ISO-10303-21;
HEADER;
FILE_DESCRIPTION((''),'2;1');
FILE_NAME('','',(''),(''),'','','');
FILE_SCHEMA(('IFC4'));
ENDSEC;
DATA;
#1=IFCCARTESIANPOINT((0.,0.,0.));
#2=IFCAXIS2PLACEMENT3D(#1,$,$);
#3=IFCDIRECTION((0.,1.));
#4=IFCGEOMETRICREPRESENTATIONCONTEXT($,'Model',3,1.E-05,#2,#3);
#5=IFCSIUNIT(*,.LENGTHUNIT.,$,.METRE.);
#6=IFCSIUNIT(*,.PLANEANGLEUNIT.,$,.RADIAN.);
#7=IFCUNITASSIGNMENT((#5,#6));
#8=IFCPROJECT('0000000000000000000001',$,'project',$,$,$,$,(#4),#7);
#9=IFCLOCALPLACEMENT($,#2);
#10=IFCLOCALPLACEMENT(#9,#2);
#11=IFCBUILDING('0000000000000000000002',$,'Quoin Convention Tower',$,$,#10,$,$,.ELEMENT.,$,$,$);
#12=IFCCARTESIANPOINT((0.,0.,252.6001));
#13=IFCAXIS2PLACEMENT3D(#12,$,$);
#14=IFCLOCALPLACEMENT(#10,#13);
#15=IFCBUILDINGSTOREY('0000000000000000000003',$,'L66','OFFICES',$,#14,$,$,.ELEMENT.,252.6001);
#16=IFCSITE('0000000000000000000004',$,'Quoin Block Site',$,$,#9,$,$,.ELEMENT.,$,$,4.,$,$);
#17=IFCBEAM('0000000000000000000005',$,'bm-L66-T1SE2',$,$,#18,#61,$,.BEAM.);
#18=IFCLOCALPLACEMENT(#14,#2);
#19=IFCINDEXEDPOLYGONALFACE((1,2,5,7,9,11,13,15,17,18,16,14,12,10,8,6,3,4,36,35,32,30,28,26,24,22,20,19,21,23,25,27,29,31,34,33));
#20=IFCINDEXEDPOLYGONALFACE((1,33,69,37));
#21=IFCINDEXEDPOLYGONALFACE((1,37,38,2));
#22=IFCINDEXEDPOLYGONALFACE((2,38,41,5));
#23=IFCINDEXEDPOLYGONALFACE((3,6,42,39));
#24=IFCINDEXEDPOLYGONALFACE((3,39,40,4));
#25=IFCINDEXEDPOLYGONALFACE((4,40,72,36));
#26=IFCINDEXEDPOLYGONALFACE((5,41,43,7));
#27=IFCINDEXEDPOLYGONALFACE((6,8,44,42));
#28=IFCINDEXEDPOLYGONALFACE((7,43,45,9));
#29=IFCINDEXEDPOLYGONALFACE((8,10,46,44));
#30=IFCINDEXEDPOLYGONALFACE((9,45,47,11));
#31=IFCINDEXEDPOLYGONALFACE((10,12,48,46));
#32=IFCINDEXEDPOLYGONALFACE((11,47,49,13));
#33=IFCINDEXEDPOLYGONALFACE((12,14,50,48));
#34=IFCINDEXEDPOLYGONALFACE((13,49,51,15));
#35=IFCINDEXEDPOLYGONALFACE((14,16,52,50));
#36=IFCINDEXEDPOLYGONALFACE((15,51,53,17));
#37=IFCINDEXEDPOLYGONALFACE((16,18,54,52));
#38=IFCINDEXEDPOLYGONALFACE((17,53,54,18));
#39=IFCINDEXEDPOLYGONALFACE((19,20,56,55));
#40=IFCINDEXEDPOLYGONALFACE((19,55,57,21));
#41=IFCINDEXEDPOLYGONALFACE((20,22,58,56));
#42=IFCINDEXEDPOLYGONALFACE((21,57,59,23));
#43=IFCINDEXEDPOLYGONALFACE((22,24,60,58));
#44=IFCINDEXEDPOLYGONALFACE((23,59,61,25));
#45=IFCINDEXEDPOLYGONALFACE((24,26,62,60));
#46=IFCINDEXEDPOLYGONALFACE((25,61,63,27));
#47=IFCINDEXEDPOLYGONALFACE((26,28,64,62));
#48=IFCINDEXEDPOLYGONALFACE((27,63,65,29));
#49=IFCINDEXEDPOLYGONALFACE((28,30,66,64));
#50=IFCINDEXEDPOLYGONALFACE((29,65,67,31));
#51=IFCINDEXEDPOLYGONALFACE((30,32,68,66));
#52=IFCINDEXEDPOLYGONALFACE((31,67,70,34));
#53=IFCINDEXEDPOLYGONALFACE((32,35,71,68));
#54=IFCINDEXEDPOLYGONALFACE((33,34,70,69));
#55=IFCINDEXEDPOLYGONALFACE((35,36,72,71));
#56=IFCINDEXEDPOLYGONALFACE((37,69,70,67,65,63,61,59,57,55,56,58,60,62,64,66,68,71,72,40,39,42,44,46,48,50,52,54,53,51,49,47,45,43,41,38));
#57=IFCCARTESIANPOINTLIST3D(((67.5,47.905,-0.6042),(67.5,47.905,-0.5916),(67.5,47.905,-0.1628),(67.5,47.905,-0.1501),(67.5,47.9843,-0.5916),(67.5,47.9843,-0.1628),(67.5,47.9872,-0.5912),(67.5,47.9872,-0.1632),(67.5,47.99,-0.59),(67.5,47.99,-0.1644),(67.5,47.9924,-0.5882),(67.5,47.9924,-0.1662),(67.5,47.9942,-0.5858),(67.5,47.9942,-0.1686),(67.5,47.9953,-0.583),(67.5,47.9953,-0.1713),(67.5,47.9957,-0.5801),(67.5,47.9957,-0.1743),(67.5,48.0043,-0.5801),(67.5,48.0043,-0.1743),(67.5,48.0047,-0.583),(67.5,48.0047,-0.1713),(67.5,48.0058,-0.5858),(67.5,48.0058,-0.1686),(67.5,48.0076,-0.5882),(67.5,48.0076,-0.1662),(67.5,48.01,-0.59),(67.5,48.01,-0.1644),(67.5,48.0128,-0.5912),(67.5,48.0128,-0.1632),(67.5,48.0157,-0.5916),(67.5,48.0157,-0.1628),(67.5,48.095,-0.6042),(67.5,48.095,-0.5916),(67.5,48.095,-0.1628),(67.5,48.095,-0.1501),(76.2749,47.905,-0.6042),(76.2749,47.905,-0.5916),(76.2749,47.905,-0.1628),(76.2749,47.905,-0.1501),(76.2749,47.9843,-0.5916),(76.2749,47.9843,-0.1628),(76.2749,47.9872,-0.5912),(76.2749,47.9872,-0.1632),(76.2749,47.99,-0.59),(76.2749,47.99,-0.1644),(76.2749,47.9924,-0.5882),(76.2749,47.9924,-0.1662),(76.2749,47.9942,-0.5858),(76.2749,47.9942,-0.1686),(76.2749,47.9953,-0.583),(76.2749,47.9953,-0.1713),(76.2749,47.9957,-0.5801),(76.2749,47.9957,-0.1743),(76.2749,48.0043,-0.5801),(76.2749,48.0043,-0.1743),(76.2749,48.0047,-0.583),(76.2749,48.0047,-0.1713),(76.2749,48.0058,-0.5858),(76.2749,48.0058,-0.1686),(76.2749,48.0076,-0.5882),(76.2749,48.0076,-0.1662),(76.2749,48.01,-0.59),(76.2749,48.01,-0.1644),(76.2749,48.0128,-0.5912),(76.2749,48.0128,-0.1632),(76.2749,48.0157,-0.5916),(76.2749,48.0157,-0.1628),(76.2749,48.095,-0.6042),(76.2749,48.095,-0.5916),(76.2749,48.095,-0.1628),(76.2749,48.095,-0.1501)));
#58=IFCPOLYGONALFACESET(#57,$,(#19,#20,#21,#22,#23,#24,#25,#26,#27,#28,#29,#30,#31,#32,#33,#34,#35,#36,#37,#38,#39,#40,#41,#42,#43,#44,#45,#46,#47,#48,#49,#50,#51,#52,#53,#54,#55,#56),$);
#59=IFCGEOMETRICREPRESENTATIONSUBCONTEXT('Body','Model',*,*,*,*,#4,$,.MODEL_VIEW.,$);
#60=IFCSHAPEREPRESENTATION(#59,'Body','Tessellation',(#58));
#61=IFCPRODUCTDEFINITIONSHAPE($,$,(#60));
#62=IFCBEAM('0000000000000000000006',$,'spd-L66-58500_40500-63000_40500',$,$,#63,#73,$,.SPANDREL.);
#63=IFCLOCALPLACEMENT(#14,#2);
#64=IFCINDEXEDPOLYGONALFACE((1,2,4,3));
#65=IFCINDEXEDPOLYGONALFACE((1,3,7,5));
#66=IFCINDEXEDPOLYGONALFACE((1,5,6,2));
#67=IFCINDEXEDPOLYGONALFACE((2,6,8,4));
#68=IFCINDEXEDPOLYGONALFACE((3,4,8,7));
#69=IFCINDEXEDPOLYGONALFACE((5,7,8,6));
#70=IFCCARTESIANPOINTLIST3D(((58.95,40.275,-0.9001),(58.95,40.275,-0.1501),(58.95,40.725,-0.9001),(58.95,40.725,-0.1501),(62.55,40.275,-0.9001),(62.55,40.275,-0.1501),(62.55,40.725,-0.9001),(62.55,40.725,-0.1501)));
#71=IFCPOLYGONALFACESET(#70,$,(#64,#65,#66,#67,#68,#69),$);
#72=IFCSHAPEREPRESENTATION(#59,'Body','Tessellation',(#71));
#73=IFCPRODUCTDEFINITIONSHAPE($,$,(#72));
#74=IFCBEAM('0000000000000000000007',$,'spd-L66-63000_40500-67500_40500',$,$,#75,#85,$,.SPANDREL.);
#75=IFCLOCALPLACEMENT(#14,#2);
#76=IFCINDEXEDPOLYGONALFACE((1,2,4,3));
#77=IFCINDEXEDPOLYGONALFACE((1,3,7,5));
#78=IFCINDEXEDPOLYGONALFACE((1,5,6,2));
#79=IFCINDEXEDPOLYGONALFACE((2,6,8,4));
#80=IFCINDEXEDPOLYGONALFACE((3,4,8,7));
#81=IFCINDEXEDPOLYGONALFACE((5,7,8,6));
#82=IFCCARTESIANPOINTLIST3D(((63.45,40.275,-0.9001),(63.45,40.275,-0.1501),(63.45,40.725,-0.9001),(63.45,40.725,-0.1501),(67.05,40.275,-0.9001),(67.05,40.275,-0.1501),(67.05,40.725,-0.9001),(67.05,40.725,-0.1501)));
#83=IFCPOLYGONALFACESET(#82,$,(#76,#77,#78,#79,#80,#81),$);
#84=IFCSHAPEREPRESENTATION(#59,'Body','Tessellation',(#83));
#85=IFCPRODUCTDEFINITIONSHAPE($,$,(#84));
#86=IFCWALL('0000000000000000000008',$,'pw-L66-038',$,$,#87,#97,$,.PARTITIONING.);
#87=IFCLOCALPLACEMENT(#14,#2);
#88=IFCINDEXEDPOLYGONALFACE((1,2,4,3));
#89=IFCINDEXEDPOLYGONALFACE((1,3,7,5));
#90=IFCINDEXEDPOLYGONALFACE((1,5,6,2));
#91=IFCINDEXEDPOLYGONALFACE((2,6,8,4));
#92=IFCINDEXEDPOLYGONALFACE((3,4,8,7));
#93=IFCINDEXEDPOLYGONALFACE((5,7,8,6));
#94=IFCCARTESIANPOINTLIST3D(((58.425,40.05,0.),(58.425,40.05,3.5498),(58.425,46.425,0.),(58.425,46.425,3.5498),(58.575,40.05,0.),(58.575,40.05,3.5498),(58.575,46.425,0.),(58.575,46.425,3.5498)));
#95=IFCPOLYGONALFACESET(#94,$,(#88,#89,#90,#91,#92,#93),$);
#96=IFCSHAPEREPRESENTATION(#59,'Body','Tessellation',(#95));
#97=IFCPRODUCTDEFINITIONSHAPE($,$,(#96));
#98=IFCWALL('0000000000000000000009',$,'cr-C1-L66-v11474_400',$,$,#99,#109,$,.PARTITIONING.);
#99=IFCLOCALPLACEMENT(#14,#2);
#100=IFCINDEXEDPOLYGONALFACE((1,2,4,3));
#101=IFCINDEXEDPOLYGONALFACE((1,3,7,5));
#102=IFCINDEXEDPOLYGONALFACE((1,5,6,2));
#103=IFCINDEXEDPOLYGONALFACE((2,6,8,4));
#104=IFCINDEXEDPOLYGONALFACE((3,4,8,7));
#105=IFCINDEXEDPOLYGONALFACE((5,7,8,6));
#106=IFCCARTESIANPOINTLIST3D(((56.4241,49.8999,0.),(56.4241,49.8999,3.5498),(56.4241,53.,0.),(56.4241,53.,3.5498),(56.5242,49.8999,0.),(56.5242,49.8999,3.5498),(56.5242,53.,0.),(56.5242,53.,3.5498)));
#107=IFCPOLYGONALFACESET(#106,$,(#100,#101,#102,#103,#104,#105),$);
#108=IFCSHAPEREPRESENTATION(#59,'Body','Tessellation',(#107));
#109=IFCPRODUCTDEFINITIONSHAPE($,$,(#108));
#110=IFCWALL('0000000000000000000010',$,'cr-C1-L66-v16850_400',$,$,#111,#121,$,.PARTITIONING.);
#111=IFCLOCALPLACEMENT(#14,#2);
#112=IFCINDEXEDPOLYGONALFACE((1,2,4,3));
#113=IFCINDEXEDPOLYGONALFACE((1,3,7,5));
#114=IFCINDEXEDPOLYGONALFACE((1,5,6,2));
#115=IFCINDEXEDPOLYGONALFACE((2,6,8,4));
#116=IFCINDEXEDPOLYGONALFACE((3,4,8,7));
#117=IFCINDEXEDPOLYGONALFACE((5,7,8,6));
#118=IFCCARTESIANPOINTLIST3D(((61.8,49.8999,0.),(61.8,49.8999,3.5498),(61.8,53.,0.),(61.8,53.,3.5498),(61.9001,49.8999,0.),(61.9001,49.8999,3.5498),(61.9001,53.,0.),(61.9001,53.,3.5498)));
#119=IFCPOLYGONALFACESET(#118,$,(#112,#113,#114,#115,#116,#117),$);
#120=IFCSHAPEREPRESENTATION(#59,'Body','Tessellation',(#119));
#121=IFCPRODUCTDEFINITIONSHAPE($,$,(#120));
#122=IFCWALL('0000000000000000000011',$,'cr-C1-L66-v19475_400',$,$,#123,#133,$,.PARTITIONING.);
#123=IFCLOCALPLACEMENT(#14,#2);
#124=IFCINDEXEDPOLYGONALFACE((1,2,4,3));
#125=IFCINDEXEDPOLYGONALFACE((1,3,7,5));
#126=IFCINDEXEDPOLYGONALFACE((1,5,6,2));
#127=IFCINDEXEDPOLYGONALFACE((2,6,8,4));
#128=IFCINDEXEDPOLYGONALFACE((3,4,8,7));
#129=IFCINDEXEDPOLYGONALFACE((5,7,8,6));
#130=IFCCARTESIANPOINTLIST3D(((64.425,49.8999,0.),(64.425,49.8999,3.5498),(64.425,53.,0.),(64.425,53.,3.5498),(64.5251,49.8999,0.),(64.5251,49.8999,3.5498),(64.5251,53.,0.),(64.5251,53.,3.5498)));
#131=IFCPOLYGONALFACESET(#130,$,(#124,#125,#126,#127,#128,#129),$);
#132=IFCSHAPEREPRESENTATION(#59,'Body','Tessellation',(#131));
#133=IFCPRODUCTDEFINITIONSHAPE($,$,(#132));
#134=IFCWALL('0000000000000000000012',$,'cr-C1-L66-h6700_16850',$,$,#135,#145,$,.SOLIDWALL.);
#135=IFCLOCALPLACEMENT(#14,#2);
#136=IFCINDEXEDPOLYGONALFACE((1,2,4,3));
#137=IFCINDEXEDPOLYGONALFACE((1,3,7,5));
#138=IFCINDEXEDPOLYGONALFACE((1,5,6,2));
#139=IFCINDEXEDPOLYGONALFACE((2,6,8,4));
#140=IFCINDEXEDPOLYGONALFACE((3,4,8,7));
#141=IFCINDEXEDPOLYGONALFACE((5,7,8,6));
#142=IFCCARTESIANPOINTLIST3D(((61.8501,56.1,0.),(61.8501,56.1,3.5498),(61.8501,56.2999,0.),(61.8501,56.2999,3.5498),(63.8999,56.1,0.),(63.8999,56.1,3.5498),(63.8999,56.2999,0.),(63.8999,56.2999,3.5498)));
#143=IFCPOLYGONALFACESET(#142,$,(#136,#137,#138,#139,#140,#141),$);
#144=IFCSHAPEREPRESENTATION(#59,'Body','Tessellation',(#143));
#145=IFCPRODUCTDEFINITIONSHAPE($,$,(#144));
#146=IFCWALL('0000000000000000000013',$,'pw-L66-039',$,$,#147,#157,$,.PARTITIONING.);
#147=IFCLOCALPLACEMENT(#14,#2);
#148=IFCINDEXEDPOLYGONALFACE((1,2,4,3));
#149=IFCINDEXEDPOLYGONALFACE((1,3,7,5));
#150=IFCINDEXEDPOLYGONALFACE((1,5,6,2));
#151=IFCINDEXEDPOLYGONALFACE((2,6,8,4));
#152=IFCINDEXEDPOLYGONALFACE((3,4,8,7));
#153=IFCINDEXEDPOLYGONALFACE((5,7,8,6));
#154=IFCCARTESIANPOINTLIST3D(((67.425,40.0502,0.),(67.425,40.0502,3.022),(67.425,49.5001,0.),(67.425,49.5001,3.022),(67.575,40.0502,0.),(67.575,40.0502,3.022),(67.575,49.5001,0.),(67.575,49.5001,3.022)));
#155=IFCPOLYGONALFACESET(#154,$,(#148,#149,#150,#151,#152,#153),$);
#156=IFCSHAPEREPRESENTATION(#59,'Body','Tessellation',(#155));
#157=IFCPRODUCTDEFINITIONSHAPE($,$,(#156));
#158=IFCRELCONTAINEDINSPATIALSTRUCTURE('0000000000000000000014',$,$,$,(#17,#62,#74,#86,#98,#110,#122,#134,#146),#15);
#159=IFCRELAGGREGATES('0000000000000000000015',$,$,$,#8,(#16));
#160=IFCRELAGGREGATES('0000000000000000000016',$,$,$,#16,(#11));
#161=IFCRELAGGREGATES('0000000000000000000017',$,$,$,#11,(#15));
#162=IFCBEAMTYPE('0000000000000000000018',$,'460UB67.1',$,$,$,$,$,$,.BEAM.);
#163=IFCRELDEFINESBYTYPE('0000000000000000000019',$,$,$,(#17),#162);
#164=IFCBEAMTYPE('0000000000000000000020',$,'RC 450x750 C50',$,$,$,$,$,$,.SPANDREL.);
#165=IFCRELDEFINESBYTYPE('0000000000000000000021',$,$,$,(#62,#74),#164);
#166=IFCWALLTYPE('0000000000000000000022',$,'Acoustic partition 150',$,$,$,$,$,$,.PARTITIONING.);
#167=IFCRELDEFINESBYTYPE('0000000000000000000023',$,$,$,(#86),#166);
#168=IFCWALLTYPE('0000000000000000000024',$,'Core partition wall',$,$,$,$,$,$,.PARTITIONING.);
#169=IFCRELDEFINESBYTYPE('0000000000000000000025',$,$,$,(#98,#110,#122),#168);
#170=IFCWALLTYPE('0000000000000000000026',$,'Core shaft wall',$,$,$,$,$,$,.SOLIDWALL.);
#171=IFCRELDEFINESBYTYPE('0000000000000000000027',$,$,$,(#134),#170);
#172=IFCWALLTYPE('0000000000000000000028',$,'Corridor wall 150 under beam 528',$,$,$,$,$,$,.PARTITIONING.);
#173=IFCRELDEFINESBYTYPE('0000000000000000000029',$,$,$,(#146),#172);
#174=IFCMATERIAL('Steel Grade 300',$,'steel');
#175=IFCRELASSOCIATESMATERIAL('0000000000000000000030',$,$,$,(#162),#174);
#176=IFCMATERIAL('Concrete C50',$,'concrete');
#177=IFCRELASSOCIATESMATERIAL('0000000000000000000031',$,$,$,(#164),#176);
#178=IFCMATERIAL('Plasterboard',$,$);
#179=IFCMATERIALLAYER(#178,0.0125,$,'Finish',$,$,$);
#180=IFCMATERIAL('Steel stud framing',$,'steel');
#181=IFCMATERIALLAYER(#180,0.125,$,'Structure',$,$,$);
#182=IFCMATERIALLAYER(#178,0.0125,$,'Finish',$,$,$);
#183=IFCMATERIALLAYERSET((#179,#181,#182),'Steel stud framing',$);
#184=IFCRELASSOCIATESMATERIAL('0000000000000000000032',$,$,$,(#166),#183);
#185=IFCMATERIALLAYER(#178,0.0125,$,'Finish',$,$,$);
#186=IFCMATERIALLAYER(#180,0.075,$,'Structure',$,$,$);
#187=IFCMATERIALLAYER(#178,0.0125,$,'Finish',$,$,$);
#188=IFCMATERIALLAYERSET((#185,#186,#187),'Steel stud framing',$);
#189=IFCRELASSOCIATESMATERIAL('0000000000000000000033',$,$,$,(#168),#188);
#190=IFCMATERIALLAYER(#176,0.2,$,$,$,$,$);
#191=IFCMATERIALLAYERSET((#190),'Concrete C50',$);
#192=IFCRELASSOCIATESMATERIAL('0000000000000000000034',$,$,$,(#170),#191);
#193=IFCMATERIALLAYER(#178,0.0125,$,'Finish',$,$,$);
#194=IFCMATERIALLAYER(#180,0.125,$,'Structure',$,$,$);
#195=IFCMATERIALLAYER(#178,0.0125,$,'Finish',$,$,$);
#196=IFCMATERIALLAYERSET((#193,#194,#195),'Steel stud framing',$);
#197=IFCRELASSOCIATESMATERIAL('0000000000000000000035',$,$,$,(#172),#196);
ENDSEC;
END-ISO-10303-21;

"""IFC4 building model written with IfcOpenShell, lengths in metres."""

from ifc_helpers import new_model, si_unit, direction, frame, frame_2d, origin, origin_2d, place, context, subcontext, project, spatial, rectangle, i_section, extrude, material, layer, layer_set, material_profile, profile_set, type_object, element, save


model = new_model("IFC4")

# Units and contexts
model_context = context("Model", 3, precision=1e-05, world=origin(), true_north=direction((0.0, 1.0)))
body_context = subcontext(model_context, "Body", "Model", "MODEL_VIEW")
ifc_project = project(units=[si_unit("LENGTHUNIT", "METRE"), si_unit("PLANEANGLEUNIT", "RADIAN")], contexts=[model_context])

# Site, building, storey
site_placement = place(None, origin())
site = spatial("IfcSite", under=ifc_project, at=site_placement, Name="Quoin Block Site", CompositionType="ELEMENT", RefElevation=4.0)
building_placement = place(site_placement, origin())
building = spatial("IfcBuilding", under=site, at=building_placement, Name="Quoin Convention Tower", CompositionType="ELEMENT")
storey_placement = place(building_placement, frame((0.0, 0.0, 252.6001)))
storey = spatial("IfcBuildingStorey", under=building, at=storey_placement, Name="L66", Description="OFFICES", CompositionType="ELEMENT", Elevation=252.6001)

# Shared definitions
ifc_material_1 = material(Name="Concrete C50", Category="concrete")

# Beams
ifc_material_2 = material(Name="Steel Grade 300", Category="steel")
ifc_material_profile_1 = material_profile(ifc_material_2, i_section(OverallWidth=0.1899, OverallDepth=0.4541, WebThickness=0.0085, FlangeThickness=0.0127, FilletRadius=0.0115, at=origin_2d()), Name="460UB67.1")
ifc_profile_set_1 = profile_set([ifc_material_profile_1], Name="Steel Grade 300")
beam_type_1 = type_object("IfcBeamType", Name="460UB67.1", PredefinedType="BEAM", material=ifc_profile_set_1)
beam_1_placement = place(storey_placement, frame((67.5, 48.0, -0.3772), z_axis=(1.0, 0.0, 0.0), x_axis=(0.0, 1.0, 0.0)))
element("IfcBeam", 1, at=beam_1_placement, inside=storey, type_object=beam_type_1, Name="bm-L66-T1SE2", PredefinedType="BEAM", context=body_context, shape_type="SweptSolid", body=[
    extrude(i_section(OverallWidth=0.1899, OverallDepth=0.4541, WebThickness=0.0085, FlangeThickness=0.0127, FilletRadius=0.0115, at=origin_2d()), origin(), (0.0, 0.0, 1.0), 8.7749),
])
ifc_material_profile_2 = material_profile(ifc_material_1, rectangle(XDim=0.45, YDim=0.75, at=origin_2d()), Name="RC 450x750")
ifc_profile_set_2 = profile_set([ifc_material_profile_2], Name="Concrete C50")
beam_type_2 = type_object("IfcBeamType", Name="RC 450x750 C50", PredefinedType="SPANDREL", material=ifc_profile_set_2)
for number, where, z_axis, x_axis, name in (
    (2, (58.95, 40.5, -0.5251), (1.0, 0.0, 0.0), (0.0, 1.0, 0.0), "spd-L66-58500_40500-63000_40500"),
    (3, (63.45, 40.5, -0.5251), (1.0, 0.0, 0.0), (0.0, 1.0, 0.0), "spd-L66-63000_40500-67500_40500"),
):
    element("IfcBeam", number, at=place(storey_placement, frame(where, z_axis=z_axis, x_axis=x_axis)), inside=storey, type_object=beam_type_2, Name=name, PredefinedType="SPANDREL", context=body_context, shape_type="SweptSolid", body=[
        extrude(rectangle(XDim=0.45, YDim=0.75, at=origin_2d()), origin(), (0.0, 0.0, 1.0), 3.6001),
    ])

# Walls
ifc_material_3 = material(Name="Plasterboard")
ifc_layer_1 = layer(ifc_material_3, 0.0125, Name="Finish")
ifc_material_4 = material(Name="Steel stud framing", Category="steel")
ifc_layer_2 = layer(ifc_material_4, 0.125, Name="Structure")
ifc_layer_3 = layer(ifc_material_3, 0.0125, Name="Finish")
ifc_layer_set_1 = layer_set([ifc_layer_1, ifc_layer_2, ifc_layer_3], Name="Steel stud framing")
wall_type_1 = type_object("IfcWallType", Name="Acoustic partition 150", PredefinedType="PARTITIONING", material=ifc_layer_set_1)
wall_1_placement = place(storey_placement, frame((58.5, 40.05, 0.0), z_axis=(0.0, 0.0, 1.0), x_axis=(0.0, 1.0, 0.0)))
element("IfcWall", 4, at=wall_1_placement, inside=storey, type_object=wall_type_1, Name="pw-L66-038", PredefinedType="PARTITIONING", context=body_context, shape_type="SweptSolid", body=[
    extrude(rectangle(XDim=6.375, YDim=0.1499, at=frame_2d((3.1875, 0.0))), origin(), (0.0, 0.0, 1.0), 3.5498),
])
ifc_layer_4 = layer(ifc_material_3, 0.0125, Name="Finish")
ifc_layer_5 = layer(ifc_material_4, 0.075, Name="Structure")
ifc_layer_6 = layer(ifc_material_3, 0.0125, Name="Finish")
ifc_layer_set_2 = layer_set([ifc_layer_4, ifc_layer_5, ifc_layer_6], Name="Steel stud framing")
wall_type_2 = type_object("IfcWallType", Name="Core partition wall", PredefinedType="PARTITIONING", material=ifc_layer_set_2)
for number, where, z_axis, x_axis, name in (
    (5, (56.4741, 49.8999, 0.0), (0.0, 0.0, 1.0), (0.0, 1.0, 0.0), "cr-C1-L66-v11474_400"),
    (6, (61.8501, 49.8999, 0.0), (0.0, 0.0, 1.0), (0.0, 1.0, 0.0), "cr-C1-L66-v16850_400"),
    (7, (64.4751, 49.8999, 0.0), (0.0, 0.0, 1.0), (0.0, 1.0, 0.0), "cr-C1-L66-v19475_400"),
):
    element("IfcWall", number, at=place(storey_placement, frame(where, z_axis=z_axis, x_axis=x_axis)), inside=storey, type_object=wall_type_2, Name=name, PredefinedType="PARTITIONING", context=body_context, shape_type="SweptSolid", body=[
        extrude(rectangle(XDim=3.1001, YDim=0.1001, at=frame_2d((1.55, 0.0))), origin(), (0.0, 0.0, 1.0), 3.5498),
    ])
ifc_layer_7 = layer(ifc_material_1, 0.2)
ifc_layer_set_3 = layer_set([ifc_layer_7], Name="Concrete C50")
wall_type_3 = type_object("IfcWallType", Name="Core shaft wall", PredefinedType="SOLIDWALL", material=ifc_layer_set_3)
wall_2_placement = place(storey_placement, frame((61.8501, 56.2, 0.0), z_axis=(0.0, 0.0, 1.0), x_axis=(1.0, 0.0, 0.0)))
element("IfcWall", 8, at=wall_2_placement, inside=storey, type_object=wall_type_3, Name="cr-C1-L66-h6700_16850", PredefinedType="SOLIDWALL", context=body_context, shape_type="SweptSolid", body=[
    extrude(rectangle(XDim=2.0498, YDim=0.2, at=frame_2d((1.0249, 0.0))), origin(), (0.0, 0.0, 1.0), 3.5498),
])
ifc_layer_8 = layer(ifc_material_3, 0.0125, Name="Finish")
ifc_layer_9 = layer(ifc_material_4, 0.125, Name="Structure")
ifc_layer_10 = layer(ifc_material_3, 0.0125, Name="Finish")
ifc_layer_set_4 = layer_set([ifc_layer_8, ifc_layer_9, ifc_layer_10], Name="Steel stud framing")
wall_type_4 = type_object("IfcWallType", Name="Corridor wall 150 under beam 528", PredefinedType="PARTITIONING", material=ifc_layer_set_4)
wall_3_placement = place(storey_placement, frame((67.5, 40.05, 0.0), z_axis=(0.0, 0.0, 1.0), x_axis=(0.0, 1.0, 0.0)))
element("IfcWall", 9, at=wall_3_placement, inside=storey, type_object=wall_type_4, Name="pw-L66-039", PredefinedType="PARTITIONING", context=body_context, shape_type="SweptSolid", body=[
    extrude(rectangle(XDim=9.45, YDim=0.1499, at=frame_2d((4.7251, 0.0))), origin(), (0.0, 0.0, 1.0), 3.022),
])

save(model, "model.ifc")
